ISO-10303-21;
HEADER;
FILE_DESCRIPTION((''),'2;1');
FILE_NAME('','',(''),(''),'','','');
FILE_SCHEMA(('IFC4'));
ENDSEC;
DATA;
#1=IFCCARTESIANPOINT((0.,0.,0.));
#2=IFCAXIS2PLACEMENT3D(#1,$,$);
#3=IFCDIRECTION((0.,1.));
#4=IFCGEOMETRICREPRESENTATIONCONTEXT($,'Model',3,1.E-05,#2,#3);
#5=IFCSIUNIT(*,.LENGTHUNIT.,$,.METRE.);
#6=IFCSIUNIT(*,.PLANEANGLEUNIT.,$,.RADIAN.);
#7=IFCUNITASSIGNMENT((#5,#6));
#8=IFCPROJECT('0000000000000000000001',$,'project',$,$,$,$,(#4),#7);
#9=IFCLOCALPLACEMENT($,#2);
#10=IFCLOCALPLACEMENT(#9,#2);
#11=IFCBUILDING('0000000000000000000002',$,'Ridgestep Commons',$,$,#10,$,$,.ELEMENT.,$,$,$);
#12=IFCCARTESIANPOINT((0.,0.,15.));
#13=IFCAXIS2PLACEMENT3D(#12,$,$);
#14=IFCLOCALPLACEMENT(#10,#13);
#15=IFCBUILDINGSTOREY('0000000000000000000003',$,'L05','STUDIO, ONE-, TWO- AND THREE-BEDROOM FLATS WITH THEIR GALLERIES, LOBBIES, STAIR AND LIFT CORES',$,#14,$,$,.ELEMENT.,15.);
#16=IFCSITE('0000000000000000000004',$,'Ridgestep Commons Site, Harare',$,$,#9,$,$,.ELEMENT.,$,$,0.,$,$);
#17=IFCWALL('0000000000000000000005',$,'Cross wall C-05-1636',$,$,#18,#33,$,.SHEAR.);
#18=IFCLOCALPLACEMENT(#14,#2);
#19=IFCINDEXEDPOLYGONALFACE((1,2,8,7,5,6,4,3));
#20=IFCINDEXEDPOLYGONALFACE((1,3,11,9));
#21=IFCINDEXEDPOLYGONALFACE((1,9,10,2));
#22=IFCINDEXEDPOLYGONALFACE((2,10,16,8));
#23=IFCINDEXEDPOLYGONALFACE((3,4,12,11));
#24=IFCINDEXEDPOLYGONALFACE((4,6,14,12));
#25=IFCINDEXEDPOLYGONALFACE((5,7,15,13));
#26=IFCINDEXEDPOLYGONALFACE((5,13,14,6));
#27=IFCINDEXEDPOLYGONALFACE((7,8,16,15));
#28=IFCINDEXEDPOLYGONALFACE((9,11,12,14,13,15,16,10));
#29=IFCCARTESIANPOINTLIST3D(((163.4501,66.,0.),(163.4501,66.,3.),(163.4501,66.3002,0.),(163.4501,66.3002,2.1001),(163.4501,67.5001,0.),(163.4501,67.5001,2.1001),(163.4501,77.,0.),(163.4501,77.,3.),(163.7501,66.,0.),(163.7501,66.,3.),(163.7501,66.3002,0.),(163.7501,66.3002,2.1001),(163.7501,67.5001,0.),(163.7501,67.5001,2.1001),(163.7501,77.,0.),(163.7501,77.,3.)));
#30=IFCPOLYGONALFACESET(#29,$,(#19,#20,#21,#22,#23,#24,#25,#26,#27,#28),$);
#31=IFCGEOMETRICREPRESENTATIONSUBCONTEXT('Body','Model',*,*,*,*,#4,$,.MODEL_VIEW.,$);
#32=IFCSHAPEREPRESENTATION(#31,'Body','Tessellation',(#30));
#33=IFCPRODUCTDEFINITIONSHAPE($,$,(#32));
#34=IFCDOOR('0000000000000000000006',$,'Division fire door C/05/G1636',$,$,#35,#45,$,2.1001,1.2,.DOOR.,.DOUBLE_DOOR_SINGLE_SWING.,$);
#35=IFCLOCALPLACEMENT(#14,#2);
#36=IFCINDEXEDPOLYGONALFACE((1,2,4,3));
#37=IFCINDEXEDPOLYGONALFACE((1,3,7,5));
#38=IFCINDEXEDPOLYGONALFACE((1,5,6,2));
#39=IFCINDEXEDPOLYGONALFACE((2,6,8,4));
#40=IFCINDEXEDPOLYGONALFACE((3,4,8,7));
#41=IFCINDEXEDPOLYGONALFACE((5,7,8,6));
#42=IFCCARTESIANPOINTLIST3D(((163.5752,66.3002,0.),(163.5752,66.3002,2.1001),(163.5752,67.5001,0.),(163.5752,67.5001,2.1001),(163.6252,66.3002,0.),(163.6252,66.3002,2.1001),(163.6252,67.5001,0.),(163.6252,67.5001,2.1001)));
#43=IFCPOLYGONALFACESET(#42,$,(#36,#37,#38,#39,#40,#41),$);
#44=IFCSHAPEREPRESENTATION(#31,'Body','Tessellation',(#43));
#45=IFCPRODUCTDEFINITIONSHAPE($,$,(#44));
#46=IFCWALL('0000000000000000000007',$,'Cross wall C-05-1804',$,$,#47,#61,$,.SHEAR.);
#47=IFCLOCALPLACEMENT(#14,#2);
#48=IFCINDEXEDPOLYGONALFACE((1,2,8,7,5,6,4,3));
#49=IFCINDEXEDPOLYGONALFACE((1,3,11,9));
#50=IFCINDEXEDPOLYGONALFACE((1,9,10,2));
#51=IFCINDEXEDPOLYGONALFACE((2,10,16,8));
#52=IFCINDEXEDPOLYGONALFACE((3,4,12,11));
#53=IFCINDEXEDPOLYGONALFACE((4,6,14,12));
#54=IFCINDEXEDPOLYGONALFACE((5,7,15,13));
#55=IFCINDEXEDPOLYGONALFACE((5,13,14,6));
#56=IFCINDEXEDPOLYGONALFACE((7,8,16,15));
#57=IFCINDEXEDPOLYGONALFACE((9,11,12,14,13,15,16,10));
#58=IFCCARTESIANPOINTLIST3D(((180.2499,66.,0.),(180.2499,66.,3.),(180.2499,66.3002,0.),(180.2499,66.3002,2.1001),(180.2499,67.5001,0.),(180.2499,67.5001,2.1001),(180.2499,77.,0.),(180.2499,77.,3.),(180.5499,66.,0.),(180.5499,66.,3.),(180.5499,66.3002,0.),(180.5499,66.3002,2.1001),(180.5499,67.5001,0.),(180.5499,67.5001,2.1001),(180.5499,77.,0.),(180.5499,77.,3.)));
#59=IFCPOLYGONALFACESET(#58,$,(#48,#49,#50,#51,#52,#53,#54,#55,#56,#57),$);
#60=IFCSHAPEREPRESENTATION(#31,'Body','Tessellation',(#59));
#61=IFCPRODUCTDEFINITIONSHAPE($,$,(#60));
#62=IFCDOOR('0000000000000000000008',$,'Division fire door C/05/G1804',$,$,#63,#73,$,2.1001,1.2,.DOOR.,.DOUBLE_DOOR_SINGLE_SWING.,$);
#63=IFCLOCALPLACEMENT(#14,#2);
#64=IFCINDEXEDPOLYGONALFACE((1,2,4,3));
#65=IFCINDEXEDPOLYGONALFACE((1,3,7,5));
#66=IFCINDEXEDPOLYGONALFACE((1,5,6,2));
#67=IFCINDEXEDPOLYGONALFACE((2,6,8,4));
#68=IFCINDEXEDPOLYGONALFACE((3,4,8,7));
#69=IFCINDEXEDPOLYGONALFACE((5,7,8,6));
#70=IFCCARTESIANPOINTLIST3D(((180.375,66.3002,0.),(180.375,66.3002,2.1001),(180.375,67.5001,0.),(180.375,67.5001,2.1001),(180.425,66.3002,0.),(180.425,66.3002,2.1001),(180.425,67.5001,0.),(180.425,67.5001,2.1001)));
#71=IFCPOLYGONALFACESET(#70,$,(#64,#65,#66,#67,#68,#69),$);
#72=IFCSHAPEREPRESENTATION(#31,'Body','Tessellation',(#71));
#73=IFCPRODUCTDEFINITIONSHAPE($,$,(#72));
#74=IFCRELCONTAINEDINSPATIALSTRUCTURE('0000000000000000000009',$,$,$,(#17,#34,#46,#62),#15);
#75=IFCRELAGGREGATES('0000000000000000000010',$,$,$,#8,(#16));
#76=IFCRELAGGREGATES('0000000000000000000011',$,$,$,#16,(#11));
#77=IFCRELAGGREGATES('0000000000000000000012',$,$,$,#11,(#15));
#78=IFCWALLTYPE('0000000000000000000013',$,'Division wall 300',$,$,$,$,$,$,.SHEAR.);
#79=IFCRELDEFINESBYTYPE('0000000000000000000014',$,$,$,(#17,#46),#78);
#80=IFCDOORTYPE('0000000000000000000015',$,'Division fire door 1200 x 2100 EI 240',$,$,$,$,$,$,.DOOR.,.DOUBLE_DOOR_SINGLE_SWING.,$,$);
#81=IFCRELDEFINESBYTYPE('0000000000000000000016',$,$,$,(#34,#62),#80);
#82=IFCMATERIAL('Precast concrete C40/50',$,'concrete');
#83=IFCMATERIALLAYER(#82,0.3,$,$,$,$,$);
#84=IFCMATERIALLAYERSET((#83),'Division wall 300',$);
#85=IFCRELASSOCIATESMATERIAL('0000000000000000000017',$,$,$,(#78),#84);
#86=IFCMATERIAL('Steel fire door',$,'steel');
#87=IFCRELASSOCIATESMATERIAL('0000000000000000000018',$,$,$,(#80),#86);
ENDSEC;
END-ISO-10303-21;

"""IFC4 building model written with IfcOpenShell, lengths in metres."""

from ifc_helpers import new_model, si_unit, direction, frame, frame_2d, origin, place, context, subcontext, project, spatial, rectangle, extrude, material, layer, layer_set, type_object, element, fill, save


model = new_model("IFC4")

# Units and contexts
model_context = context("Model", 3, precision=1e-05, world=origin(), true_north=direction((0.0, 1.0)))
body_context = subcontext(model_context, "Body", "Model", "MODEL_VIEW")
ifc_project = project(units=[si_unit("LENGTHUNIT", "METRE"), si_unit("PLANEANGLEUNIT", "RADIAN")], contexts=[model_context])

# Site, building, storey
site_placement = place(None, origin())
site = spatial("IfcSite", under=ifc_project, at=site_placement, Name="Ridgestep Commons Site, Harare", CompositionType="ELEMENT", RefElevation=0.0)
building_placement = place(site_placement, origin())
building = spatial("IfcBuilding", under=site, at=building_placement, Name="Ridgestep Commons", CompositionType="ELEMENT")
storey_placement = place(building_placement, frame((0.0, 0.0, 15.0)))
storey = spatial("IfcBuildingStorey", under=building, at=storey_placement, Name="L05", Description="STUDIO, ONE-, TWO- AND THREE-BEDROOM FLATS WITH THEIR GALLERIES, LOBBIES, STAIR AND LIFT CORES", CompositionType="ELEMENT", Elevation=15.0)

# Walls, openings, doors
ifc_material_1 = material(Name="Precast concrete C40/50", Category="concrete")
ifc_layer_1 = layer(ifc_material_1, 0.3)
ifc_layer_set_1 = layer_set([ifc_layer_1], Name="Division wall 300")
wall_type = type_object("IfcWallType", Name="Division wall 300", PredefinedType="SHEAR", material=ifc_layer_set_1)
wall_1_placement = place(storey_placement, frame((163.6001, 66.0, 0.0), z_axis=(0.0, 0.0, 1.0), x_axis=(0.0, 1.0, 0.0)))
wall_1 = element("IfcWall", 1, at=wall_1_placement, inside=storey, type_object=wall_type, Name="Cross wall C-05-1636", PredefinedType="SHEAR", context=body_context, shape_type="SweptSolid", body=[
    extrude(rectangle(XDim=11.0, YDim=0.3, at=frame_2d((5.5, 0.0))), origin(), (0.0, 0.0, 1.0), 3.0),
])
opening_1_placement = place(wall_1_placement, frame((0.3, 0.0, 0.0)))
opening_1 = element("IfcOpeningElement", 2, at=opening_1_placement, cuts=wall_1, PredefinedType="OPENING", context=body_context, shape_type="SweptSolid", body=[
    extrude(rectangle(XDim=1.2, YDim=2.1001, at=frame_2d((0.6001, 1.05))), frame((0.0, 0.1599, 0.0), z_axis=(0.0, -1.0, 0.0), x_axis=(1.0, 0.0, 0.0)), (0.0, 0.0, 1.0), 0.3201),
])
ifc_material_2 = material(Name="Steel fire door", Category="steel")
door_type = type_object("IfcDoorType", Name="Division fire door 1200 x 2100 EI 240", OperationType="DOUBLE_DOOR_SINGLE_SWING", PredefinedType="DOOR", material=ifc_material_2)
door_1_placement = place(opening_1_placement, origin())
door_1 = element("IfcDoor", 3, at=door_1_placement, inside=storey, type_object=door_type, Name="Division fire door C/05/G1636", OperationType="DOUBLE_DOOR_SINGLE_SWING", OverallHeight=2.1001, OverallWidth=1.2, PredefinedType="DOOR", context=body_context, shape_type="SweptSolid", body=[
    extrude(rectangle(XDim=1.2, YDim=2.1001, at=frame_2d((0.6001, 1.05))), frame((0.0, 0.0249, 0.0), z_axis=(0.0, -1.0, 0.0), x_axis=(1.0, 0.0, 0.0)), (0.0, 0.0, 1.0), 0.05),
])
fill(opening_1, door_1)
wall_2_placement = place(storey_placement, frame((180.3999, 66.0, 0.0), z_axis=(0.0, 0.0, 1.0), x_axis=(0.0, 1.0, 0.0)))
wall_2 = element("IfcWall", 4, at=wall_2_placement, inside=storey, type_object=wall_type, Name="Cross wall C-05-1804", PredefinedType="SHEAR", context=body_context, shape_type="SweptSolid", body=[
    extrude(rectangle(XDim=11.0, YDim=0.3, at=frame_2d((5.5, 0.0))), origin(), (0.0, 0.0, 1.0), 3.0),
])
opening_2_placement = place(wall_2_placement, frame((0.3, 0.0, 0.0)))
opening_2 = element("IfcOpeningElement", 5, at=opening_2_placement, cuts=wall_2, PredefinedType="OPENING", context=body_context, shape_type="SweptSolid", body=[
    extrude(rectangle(XDim=1.2, YDim=2.1001, at=frame_2d((0.6001, 1.05))), frame((0.0, 0.1599, 0.0), z_axis=(0.0, -1.0, 0.0), x_axis=(1.0, 0.0, 0.0)), (0.0, 0.0, 1.0), 0.3201),
])
door_2_placement = place(opening_2_placement, origin())
door_2 = element("IfcDoor", 6, at=door_2_placement, inside=storey, type_object=door_type, Name="Division fire door C/05/G1804", OperationType="DOUBLE_DOOR_SINGLE_SWING", OverallHeight=2.1001, OverallWidth=1.2, PredefinedType="DOOR", context=body_context, shape_type="SweptSolid", body=[
    extrude(rectangle(XDim=1.2, YDim=2.1001, at=frame_2d((0.6001, 1.05))), frame((0.0, 0.0249, 0.0), z_axis=(0.0, -1.0, 0.0), x_axis=(1.0, 0.0, 0.0)), (0.0, 0.0, 1.0), 0.05),
])
fill(opening_2, door_2)

save(model, "model.ifc")
